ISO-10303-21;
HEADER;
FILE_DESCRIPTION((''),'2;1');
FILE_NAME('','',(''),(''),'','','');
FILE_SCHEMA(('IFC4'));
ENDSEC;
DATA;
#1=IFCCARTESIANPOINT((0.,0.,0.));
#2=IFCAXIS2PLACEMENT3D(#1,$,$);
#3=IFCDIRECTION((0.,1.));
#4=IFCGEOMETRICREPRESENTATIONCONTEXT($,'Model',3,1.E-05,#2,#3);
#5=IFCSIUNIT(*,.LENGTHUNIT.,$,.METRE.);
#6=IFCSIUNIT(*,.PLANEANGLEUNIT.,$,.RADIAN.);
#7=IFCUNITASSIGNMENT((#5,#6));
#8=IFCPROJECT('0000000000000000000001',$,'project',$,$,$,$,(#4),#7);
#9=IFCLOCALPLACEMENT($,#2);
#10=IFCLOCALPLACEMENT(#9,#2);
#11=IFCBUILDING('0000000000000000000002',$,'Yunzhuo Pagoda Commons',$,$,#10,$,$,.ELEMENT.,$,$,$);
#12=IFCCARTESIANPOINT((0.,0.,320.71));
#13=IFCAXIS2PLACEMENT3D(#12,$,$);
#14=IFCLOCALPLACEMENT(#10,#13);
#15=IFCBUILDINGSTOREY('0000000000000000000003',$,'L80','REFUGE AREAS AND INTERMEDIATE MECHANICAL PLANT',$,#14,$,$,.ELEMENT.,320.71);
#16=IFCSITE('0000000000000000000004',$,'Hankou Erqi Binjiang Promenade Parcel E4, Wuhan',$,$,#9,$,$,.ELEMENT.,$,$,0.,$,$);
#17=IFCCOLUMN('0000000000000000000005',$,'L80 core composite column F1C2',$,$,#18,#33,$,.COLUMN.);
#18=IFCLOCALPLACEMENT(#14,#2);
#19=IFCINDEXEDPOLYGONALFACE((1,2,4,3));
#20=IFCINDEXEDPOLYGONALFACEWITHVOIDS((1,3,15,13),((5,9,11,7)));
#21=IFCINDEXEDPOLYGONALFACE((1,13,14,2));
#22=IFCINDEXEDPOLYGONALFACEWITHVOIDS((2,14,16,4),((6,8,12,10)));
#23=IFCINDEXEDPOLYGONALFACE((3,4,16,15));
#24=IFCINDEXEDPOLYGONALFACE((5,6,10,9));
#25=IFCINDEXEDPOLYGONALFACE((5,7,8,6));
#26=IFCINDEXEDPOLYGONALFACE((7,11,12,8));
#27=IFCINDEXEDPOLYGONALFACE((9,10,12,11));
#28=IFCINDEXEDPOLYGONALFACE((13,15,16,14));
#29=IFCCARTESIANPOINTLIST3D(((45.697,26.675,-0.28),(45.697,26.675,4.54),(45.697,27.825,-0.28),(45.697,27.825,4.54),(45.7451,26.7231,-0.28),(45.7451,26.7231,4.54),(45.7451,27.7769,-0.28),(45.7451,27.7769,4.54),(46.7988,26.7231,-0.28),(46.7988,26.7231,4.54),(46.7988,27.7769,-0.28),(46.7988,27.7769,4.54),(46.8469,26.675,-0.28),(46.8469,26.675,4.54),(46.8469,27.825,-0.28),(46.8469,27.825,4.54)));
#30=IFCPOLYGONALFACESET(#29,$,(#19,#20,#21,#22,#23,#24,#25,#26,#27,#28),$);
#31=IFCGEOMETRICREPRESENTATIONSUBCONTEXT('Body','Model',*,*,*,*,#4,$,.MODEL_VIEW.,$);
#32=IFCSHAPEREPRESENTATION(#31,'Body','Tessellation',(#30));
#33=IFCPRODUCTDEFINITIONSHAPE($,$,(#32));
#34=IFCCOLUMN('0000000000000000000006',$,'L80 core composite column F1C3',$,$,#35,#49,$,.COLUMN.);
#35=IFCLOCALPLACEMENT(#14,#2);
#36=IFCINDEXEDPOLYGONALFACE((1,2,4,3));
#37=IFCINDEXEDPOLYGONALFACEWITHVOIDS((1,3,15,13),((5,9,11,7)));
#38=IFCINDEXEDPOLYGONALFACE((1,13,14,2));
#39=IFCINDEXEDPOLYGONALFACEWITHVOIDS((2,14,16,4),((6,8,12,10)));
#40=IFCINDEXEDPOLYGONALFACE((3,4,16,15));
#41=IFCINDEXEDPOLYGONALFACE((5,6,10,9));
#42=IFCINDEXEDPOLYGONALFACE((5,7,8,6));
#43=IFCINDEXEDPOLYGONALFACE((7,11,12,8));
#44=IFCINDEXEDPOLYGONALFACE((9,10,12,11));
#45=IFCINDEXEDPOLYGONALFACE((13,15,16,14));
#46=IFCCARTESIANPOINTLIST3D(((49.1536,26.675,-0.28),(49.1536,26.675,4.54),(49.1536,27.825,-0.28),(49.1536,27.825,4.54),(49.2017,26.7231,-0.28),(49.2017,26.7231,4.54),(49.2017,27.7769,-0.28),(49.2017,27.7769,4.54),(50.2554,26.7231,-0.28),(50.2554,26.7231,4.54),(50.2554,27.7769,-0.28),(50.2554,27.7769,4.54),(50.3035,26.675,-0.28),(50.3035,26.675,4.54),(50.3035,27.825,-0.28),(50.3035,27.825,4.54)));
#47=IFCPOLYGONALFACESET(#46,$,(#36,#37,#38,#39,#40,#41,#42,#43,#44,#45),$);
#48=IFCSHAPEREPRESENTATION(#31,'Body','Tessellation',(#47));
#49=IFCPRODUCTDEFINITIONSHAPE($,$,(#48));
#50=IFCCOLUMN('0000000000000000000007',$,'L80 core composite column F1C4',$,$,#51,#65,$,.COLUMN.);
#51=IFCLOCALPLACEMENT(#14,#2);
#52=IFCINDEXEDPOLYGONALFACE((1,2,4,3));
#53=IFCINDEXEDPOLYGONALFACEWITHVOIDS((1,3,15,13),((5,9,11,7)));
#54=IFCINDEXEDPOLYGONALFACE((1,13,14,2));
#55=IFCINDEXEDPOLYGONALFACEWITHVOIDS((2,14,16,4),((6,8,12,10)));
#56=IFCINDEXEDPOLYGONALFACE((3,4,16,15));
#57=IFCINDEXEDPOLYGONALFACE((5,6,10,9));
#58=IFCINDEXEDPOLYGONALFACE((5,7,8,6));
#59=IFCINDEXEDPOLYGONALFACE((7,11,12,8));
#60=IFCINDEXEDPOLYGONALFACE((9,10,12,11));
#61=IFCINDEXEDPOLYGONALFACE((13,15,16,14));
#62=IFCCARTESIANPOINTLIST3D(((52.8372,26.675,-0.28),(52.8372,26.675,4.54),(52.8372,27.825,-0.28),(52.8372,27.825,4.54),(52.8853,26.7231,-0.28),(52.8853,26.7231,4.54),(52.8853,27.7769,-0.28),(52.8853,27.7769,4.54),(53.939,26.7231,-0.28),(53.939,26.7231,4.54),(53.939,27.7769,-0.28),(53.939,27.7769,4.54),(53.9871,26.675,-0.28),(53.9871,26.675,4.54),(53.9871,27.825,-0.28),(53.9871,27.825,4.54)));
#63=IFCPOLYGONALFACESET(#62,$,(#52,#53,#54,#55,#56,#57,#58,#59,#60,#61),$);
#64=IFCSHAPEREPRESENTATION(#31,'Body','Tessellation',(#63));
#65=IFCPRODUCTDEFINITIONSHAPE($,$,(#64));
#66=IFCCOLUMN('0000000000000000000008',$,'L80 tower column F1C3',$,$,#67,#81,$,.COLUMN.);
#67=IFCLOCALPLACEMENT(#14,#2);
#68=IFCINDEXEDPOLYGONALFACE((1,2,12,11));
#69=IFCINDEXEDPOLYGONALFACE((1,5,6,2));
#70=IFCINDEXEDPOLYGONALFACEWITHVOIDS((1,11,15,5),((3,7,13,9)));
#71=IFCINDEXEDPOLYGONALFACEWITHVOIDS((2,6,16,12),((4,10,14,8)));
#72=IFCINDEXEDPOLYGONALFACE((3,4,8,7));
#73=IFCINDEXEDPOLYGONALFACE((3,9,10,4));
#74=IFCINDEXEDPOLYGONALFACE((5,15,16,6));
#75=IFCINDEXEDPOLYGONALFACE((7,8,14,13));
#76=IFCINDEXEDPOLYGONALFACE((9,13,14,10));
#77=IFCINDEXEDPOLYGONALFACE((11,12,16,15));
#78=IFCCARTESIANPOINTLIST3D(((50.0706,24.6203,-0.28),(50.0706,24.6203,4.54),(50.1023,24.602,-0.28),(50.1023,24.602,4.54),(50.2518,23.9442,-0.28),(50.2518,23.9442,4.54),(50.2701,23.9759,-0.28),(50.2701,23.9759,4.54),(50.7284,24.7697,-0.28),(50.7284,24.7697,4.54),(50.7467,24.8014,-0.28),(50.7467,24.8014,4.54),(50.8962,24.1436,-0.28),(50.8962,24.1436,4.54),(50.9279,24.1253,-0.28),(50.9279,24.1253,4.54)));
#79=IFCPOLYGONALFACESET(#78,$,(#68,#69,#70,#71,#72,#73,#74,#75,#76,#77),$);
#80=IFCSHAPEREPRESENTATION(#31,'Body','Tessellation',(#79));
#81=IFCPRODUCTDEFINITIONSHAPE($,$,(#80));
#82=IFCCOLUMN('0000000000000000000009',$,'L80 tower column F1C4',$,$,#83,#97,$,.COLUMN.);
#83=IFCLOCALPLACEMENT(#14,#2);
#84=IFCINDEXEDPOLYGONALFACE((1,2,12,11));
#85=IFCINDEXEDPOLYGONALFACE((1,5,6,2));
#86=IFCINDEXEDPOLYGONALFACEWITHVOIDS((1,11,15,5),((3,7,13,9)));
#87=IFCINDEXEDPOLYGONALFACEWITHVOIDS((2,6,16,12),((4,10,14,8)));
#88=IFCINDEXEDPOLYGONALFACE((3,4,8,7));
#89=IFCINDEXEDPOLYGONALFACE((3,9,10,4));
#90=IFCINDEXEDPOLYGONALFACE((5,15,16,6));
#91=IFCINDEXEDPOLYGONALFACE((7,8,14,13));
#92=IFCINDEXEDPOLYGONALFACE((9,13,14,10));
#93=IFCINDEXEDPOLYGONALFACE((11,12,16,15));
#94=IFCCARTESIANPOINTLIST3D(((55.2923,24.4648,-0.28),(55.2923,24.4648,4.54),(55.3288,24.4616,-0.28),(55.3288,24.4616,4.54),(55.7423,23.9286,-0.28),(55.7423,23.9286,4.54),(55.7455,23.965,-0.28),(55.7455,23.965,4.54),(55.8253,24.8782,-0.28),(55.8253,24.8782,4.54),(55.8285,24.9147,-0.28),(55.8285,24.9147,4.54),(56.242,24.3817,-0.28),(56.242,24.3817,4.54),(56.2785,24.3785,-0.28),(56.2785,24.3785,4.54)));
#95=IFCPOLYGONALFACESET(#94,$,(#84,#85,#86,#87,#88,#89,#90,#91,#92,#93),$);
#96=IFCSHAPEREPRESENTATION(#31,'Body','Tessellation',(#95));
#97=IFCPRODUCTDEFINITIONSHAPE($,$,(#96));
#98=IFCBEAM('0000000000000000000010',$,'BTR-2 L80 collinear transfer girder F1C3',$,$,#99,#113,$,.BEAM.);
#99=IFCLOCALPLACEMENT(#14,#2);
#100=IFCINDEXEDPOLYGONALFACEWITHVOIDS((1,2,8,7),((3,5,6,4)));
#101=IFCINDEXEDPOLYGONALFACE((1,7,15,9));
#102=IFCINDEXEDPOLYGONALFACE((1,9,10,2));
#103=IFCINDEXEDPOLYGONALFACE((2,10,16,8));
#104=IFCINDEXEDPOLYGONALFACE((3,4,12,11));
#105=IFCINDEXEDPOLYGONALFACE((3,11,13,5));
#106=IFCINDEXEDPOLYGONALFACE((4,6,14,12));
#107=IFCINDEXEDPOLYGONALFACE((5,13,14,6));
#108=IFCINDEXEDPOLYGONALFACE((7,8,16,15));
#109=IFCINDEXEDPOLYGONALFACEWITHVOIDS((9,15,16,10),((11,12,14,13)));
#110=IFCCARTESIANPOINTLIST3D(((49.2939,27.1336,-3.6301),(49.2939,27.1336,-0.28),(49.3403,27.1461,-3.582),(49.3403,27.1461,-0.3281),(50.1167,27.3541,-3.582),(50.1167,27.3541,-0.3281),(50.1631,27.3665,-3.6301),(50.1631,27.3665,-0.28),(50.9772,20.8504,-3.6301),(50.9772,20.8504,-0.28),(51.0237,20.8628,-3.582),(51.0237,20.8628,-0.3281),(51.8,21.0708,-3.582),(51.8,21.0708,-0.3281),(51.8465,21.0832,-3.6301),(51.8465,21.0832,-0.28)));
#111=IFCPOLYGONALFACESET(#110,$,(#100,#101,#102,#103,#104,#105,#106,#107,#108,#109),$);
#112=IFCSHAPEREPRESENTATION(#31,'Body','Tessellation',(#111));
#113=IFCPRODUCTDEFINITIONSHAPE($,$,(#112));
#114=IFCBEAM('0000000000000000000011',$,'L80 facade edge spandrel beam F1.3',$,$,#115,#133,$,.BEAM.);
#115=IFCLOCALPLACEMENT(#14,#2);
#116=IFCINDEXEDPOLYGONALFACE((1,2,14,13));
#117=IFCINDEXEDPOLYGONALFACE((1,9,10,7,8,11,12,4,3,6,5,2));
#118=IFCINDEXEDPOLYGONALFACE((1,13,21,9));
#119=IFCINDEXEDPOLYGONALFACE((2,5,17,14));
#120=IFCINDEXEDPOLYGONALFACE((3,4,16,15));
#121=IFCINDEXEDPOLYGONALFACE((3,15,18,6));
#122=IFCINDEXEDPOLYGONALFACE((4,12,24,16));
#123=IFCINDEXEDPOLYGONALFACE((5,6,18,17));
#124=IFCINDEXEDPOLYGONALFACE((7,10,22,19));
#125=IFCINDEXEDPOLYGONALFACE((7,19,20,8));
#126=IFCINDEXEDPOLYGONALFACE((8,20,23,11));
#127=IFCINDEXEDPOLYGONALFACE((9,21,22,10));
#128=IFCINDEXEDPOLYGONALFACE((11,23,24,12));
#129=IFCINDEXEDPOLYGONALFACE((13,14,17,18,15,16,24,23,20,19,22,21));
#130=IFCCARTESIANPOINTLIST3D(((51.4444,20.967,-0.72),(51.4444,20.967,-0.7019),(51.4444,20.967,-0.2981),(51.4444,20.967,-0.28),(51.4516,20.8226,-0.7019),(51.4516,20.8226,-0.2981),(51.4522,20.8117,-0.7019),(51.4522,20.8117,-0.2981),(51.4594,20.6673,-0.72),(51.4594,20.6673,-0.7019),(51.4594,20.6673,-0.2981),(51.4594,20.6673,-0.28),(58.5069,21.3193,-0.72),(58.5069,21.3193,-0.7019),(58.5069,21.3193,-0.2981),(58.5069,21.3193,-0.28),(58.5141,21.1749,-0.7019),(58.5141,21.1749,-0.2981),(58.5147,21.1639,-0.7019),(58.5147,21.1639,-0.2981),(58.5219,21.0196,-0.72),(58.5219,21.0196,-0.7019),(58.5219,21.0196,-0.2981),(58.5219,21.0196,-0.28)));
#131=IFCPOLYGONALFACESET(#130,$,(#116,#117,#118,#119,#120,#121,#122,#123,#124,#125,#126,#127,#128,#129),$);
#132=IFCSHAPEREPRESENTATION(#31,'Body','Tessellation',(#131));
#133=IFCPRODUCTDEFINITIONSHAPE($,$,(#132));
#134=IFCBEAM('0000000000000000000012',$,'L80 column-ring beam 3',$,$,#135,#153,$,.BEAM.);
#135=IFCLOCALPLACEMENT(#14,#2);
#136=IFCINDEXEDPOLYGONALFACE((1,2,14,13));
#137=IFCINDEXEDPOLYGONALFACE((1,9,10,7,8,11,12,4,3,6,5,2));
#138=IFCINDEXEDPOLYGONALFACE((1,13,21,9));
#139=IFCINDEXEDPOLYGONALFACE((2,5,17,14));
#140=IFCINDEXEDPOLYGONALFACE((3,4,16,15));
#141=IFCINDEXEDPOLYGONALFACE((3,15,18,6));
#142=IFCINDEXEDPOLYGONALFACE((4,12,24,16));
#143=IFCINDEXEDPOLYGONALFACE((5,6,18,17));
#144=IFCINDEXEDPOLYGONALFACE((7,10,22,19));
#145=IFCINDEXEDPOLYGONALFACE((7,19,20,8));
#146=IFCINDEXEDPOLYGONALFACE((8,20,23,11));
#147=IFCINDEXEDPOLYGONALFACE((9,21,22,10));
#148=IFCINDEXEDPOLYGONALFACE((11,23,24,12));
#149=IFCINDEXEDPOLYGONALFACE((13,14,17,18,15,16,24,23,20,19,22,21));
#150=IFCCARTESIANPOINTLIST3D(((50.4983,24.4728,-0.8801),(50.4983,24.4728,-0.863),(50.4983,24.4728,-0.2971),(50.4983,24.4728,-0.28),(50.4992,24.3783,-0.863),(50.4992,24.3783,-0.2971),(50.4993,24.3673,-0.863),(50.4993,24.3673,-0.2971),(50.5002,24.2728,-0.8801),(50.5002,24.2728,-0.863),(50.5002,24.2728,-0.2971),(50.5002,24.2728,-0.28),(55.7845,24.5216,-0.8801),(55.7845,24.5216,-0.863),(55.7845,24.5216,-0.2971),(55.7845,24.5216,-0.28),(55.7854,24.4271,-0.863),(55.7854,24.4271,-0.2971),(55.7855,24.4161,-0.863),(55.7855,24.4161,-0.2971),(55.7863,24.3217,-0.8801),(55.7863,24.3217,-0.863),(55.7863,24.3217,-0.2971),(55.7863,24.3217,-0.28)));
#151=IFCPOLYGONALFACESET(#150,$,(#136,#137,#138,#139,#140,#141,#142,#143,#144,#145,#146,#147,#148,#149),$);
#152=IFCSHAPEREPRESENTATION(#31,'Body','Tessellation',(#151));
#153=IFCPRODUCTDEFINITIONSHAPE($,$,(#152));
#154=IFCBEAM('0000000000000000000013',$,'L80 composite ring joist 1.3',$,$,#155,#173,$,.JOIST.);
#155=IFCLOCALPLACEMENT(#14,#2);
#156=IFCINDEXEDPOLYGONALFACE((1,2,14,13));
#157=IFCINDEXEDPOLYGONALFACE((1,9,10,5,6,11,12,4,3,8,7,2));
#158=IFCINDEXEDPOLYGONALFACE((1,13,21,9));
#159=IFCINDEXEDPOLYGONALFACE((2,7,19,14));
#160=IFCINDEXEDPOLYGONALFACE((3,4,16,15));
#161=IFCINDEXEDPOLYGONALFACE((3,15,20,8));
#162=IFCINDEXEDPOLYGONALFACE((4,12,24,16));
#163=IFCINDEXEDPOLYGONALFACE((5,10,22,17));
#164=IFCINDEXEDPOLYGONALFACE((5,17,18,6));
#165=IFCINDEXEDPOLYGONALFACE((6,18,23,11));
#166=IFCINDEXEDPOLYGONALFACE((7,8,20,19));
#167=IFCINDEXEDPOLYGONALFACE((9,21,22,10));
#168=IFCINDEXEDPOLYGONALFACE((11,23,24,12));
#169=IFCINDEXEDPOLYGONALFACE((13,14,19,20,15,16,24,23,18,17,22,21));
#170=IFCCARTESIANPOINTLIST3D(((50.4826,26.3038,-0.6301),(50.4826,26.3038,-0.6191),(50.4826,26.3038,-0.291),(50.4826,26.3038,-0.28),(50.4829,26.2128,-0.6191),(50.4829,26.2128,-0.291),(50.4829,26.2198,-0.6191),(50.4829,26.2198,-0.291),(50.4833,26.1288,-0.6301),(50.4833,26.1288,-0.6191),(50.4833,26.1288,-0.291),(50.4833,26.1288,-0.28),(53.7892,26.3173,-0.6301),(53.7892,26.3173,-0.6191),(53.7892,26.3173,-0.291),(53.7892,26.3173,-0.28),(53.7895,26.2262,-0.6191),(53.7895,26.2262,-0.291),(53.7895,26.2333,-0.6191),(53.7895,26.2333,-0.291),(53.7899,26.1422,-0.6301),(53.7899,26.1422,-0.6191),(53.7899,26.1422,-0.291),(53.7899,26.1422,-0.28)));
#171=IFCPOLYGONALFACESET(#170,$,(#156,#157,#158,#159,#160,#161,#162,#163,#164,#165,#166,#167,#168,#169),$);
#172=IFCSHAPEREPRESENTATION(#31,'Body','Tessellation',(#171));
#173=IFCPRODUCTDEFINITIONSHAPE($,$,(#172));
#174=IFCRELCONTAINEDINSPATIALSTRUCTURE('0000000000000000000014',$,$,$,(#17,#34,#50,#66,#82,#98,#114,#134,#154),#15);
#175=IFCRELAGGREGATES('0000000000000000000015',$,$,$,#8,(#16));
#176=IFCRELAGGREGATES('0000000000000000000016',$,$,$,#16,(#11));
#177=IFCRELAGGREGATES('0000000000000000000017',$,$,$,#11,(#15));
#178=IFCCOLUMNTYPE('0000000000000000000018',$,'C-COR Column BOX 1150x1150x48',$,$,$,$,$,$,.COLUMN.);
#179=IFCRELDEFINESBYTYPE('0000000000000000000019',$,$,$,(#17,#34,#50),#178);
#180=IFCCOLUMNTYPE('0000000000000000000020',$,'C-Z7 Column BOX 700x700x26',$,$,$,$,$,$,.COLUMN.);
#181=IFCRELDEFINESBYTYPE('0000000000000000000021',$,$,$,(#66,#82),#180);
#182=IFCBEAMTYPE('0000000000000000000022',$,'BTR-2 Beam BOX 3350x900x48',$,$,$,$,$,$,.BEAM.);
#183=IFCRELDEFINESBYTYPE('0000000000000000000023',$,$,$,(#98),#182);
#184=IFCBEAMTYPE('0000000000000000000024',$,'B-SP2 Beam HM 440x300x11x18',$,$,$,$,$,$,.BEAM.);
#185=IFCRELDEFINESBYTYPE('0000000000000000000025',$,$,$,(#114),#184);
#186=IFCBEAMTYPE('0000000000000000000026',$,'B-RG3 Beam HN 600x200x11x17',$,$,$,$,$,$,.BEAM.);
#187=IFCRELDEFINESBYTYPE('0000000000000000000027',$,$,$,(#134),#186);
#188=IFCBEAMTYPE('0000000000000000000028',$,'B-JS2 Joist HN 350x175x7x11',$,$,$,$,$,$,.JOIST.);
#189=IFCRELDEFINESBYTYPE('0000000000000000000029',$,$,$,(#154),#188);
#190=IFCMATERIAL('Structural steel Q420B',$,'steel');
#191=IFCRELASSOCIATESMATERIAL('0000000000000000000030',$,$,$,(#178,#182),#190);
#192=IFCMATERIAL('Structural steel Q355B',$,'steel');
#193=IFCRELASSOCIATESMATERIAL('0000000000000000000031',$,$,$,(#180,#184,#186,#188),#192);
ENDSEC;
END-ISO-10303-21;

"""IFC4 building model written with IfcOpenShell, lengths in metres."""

from ifc_helpers import new_model, si_unit, direction, frame, origin, origin_2d, place, context, subcontext, project, spatial, hollow_rectangle, i_section, extrude, source, transform, mapped, material, material_profile, profile_set, type_object, element, save


model = new_model("IFC4")

# Units and contexts
model_context = context("Model", 3, precision=1e-05, world=origin(), true_north=direction((0.0, 1.0)))
body_context = subcontext(model_context, "Body", "Model", "MODEL_VIEW")
ifc_project = project(units=[si_unit("LENGTHUNIT", "METRE"), si_unit("PLANEANGLEUNIT", "RADIAN")], contexts=[model_context])

# Site, building, storey
site_placement = place(None, origin())
site = spatial("IfcSite", under=ifc_project, at=site_placement, Name="Hankou Erqi Binjiang Promenade Parcel E4, Wuhan", CompositionType="ELEMENT", RefElevation=0.0)
building_placement = place(site_placement, origin())
building = spatial("IfcBuilding", under=site, at=building_placement, Name="Yunzhuo Pagoda Commons", CompositionType="ELEMENT")
storey_placement = place(building_placement, frame((0.0, 0.0, 320.71)))
storey = spatial("IfcBuildingStorey", under=building, at=storey_placement, Name="L80", Description="REFUGE AREAS AND INTERMEDIATE MECHANICAL PLANT", CompositionType="ELEMENT", Elevation=320.71)

# Columns
ifc_material_1 = material(Name="Structural steel Q420B", Category="steel")
ifc_material_profile_1 = material_profile(ifc_material_1, hollow_rectangle(XDim=1.1499, YDim=1.1499, WallThickness=0.0481, at=origin_2d()), Name="Structural steel Q420B")
ifc_profile_set_1 = profile_set([ifc_material_profile_1], Name="Structural steel Q420B")
column_type_1 = type_object("IfcColumnType", Name="C-COR Column BOX 1150x1150x48", PredefinedType="COLUMN", material=ifc_profile_set_1)
shared_shape_1 = source(origin(), body_context, "Body", "SweptSolid", [
    extrude(hollow_rectangle(XDim=1.1499, YDim=1.1499, WallThickness=0.0481, at=origin_2d()), origin(), (0.0, 0.0, 1.0), 4.8201),
])
for number, where, z_axis, x_axis, name in (
    (1, (46.272, 27.25, -0.28), (0.0, 0.0, 1.0), (1.0, 0.0, 0.0), "L80 core composite column F1C2"),
    (2, (49.7285, 27.25, -0.28), (0.0, 0.0, 1.0), (1.0, 0.0, 0.0), "L80 core composite column F1C3"),
    (3, (53.4121, 27.25, -0.28), (0.0, 0.0, 1.0), (1.0, 0.0, 0.0), "L80 core composite column F1C4"),
):
    element("IfcColumn", number, at=place(storey_placement, frame(where, z_axis=z_axis, x_axis=x_axis)), inside=storey, type_object=column_type_1, Name=name, PredefinedType="COLUMN", context=body_context, shape_type="MappedRepresentation", body=[
        mapped(shared_shape_1, transform((0.0, 0.0, 0.0), scale=1.0)),
    ])
ifc_material_2 = material(Name="Structural steel Q355B", Category="steel")
ifc_material_profile_2 = material_profile(ifc_material_2, hollow_rectangle(XDim=0.7, YDim=0.7, WallThickness=0.0259, at=origin_2d()), Name="Structural steel Q355B")
ifc_profile_set_2 = profile_set([ifc_material_profile_2], Name="Structural steel Q355B")
column_type_2 = type_object("IfcColumnType", Name="C-Z7 Column BOX 700x700x26", PredefinedType="COLUMN", material=ifc_profile_set_2)
shared_shape_2 = source(origin(), body_context, "Body", "SweptSolid", [
    extrude(hollow_rectangle(XDim=0.7, YDim=0.7, WallThickness=0.0259, at=origin_2d()), origin(), (0.0, 0.0, 1.0), 4.8201),
])
for number, where, z_axis, x_axis, name in (
    (4, (50.4993, 24.3728, -0.28), (0.0, 0.0, 1.0), (0.965926, 0.258819, 0.0), "L80 tower column F1C3"),
    (5, (55.7854, 24.4216, -0.28), (0.0, 0.0, 1.0), (0.766044, 0.642788, 0.0), "L80 tower column F1C4"),
):
    element("IfcColumn", number, at=place(storey_placement, frame(where, z_axis=z_axis, x_axis=x_axis)), inside=storey, type_object=column_type_2, Name=name, PredefinedType="COLUMN", context=body_context, shape_type="MappedRepresentation", body=[
        mapped(shared_shape_2, transform((0.0, 0.0, 0.0), scale=1.0)),
    ])

# Beams
ifc_material_profile_3 = material_profile(ifc_material_1, hollow_rectangle(XDim=0.8999, YDim=3.3501, WallThickness=0.0481, at=origin_2d()), Name="Structural steel Q420B")
ifc_profile_set_3 = profile_set([ifc_material_profile_3], Name="Structural steel Q420B")
beam_type_1 = type_object("IfcBeamType", Name="BTR-2 Beam BOX 3350x900x48", PredefinedType="BEAM", material=ifc_profile_set_3)
shared_shape_3 = source(origin(), body_context, "Body", "SweptSolid", [
    extrude(hollow_rectangle(XDim=0.8999, YDim=3.3501, WallThickness=0.0481, at=origin_2d()), origin(), (0.0, 0.0, 1.0), 6.5049),
])
beam_1_placement = place(storey_placement, frame((51.4119, 20.9668, -1.9551), z_axis=(-0.258786, 0.965935, 0.0), x_axis=(-0.965935, -0.258786, 0.0)))
element("IfcBeam", 6, at=beam_1_placement, inside=storey, type_object=beam_type_1, Name="BTR-2 L80 collinear transfer girder F1C3", PredefinedType="BEAM", context=body_context, shape_type="MappedRepresentation", body=[
    mapped(shared_shape_3, transform((0.0, 0.0, 0.0), scale=1.0)),
])
ifc_material_profile_4 = material_profile(ifc_material_2, i_section(OverallWidth=0.3, OverallDepth=0.4399, WebThickness=0.011, FlangeThickness=0.0181, at=origin_2d()), Name="Structural steel Q355B")
ifc_profile_set_4 = profile_set([ifc_material_profile_4], Name="Structural steel Q355B")
beam_type_2 = type_object("IfcBeamType", Name="B-SP2 Beam HM 440x300x11x18", PredefinedType="BEAM", material=ifc_profile_set_4)
shared_shape_4 = source(origin(), body_context, "Body", "SweptSolid", [
    extrude(i_section(OverallWidth=0.3, OverallDepth=0.4399, WebThickness=0.011, FlangeThickness=0.0181, at=origin_2d()), origin(), (0.0, 0.0, 1.0), 7.0713),
])
beam_2_placement = place(storey_placement, frame((51.4519, 20.8171, -0.5), z_axis=(0.998758, 0.049821, 0.0), x_axis=(-0.049821, 0.998758, 0.0)))
element("IfcBeam", 7, at=beam_2_placement, inside=storey, type_object=beam_type_2, Name="L80 facade edge spandrel beam F1.3", PredefinedType="BEAM", context=body_context, shape_type="MappedRepresentation", body=[
    mapped(shared_shape_4, transform((0.0, 0.0, 0.0), scale=1.0)),
])
ifc_material_profile_5 = material_profile(ifc_material_2, i_section(OverallWidth=0.2, OverallDepth=0.6001, WebThickness=0.011, FlangeThickness=0.0171, at=origin_2d()), Name="Structural steel Q355B")
ifc_profile_set_5 = profile_set([ifc_material_profile_5], Name="Structural steel Q355B")
beam_type_3 = type_object("IfcBeamType", Name="B-RG3 Beam HN 600x200x11x17", PredefinedType="BEAM", material=ifc_profile_set_5)
shared_shape_5 = source(origin(), body_context, "Body", "SweptSolid", [
    extrude(i_section(OverallWidth=0.2, OverallDepth=0.6001, WebThickness=0.011, FlangeThickness=0.0171, at=origin_2d()), origin(), (0.0, 0.0, 1.0), 5.2864),
])
beam_3_placement = place(storey_placement, frame((50.4993, 24.3728, -0.5801), z_axis=(0.999957, 0.009237, 0.0), x_axis=(-0.009237, 0.999957, 0.0)))
element("IfcBeam", 8, at=beam_3_placement, inside=storey, type_object=beam_type_3, Name="L80 column-ring beam 3", PredefinedType="BEAM", context=body_context, shape_type="MappedRepresentation", body=[
    mapped(shared_shape_5, transform((0.0, 0.0, 0.0), scale=1.0)),
])
ifc_material_profile_6 = material_profile(ifc_material_2, i_section(OverallWidth=0.175, OverallDepth=0.3501, WebThickness=0.0071, FlangeThickness=0.011, at=origin_2d()), Name="Structural steel Q355B")
ifc_profile_set_6 = profile_set([ifc_material_profile_6], Name="Structural steel Q355B")
beam_type_4 = type_object("IfcBeamType", Name="B-JS2 Joist HN 350x175x7x11", PredefinedType="JOIST", material=ifc_profile_set_6)
shared_shape_6 = source(origin(), body_context, "Body", "SweptSolid", [
    extrude(i_section(OverallWidth=0.175, OverallDepth=0.3501, WebThickness=0.0071, FlangeThickness=0.011, at=origin_2d()), origin(), (0.0, 0.0, 1.0), 3.3066),
])
beam_4_placement = place(storey_placement, frame((50.4829, 26.2163, -0.4551), z_axis=(0.999992, 0.004061, 0.0), x_axis=(-0.004061, 0.999992, 0.0)))
element("IfcBeam", 9, at=beam_4_placement, inside=storey, type_object=beam_type_4, Name="L80 composite ring joist 1.3", PredefinedType="JOIST", context=body_context, shape_type="MappedRepresentation", body=[
    mapped(shared_shape_6, transform((0.0, 0.0, 0.0), scale=1.0)),
])

save(model, "model.ifc")
